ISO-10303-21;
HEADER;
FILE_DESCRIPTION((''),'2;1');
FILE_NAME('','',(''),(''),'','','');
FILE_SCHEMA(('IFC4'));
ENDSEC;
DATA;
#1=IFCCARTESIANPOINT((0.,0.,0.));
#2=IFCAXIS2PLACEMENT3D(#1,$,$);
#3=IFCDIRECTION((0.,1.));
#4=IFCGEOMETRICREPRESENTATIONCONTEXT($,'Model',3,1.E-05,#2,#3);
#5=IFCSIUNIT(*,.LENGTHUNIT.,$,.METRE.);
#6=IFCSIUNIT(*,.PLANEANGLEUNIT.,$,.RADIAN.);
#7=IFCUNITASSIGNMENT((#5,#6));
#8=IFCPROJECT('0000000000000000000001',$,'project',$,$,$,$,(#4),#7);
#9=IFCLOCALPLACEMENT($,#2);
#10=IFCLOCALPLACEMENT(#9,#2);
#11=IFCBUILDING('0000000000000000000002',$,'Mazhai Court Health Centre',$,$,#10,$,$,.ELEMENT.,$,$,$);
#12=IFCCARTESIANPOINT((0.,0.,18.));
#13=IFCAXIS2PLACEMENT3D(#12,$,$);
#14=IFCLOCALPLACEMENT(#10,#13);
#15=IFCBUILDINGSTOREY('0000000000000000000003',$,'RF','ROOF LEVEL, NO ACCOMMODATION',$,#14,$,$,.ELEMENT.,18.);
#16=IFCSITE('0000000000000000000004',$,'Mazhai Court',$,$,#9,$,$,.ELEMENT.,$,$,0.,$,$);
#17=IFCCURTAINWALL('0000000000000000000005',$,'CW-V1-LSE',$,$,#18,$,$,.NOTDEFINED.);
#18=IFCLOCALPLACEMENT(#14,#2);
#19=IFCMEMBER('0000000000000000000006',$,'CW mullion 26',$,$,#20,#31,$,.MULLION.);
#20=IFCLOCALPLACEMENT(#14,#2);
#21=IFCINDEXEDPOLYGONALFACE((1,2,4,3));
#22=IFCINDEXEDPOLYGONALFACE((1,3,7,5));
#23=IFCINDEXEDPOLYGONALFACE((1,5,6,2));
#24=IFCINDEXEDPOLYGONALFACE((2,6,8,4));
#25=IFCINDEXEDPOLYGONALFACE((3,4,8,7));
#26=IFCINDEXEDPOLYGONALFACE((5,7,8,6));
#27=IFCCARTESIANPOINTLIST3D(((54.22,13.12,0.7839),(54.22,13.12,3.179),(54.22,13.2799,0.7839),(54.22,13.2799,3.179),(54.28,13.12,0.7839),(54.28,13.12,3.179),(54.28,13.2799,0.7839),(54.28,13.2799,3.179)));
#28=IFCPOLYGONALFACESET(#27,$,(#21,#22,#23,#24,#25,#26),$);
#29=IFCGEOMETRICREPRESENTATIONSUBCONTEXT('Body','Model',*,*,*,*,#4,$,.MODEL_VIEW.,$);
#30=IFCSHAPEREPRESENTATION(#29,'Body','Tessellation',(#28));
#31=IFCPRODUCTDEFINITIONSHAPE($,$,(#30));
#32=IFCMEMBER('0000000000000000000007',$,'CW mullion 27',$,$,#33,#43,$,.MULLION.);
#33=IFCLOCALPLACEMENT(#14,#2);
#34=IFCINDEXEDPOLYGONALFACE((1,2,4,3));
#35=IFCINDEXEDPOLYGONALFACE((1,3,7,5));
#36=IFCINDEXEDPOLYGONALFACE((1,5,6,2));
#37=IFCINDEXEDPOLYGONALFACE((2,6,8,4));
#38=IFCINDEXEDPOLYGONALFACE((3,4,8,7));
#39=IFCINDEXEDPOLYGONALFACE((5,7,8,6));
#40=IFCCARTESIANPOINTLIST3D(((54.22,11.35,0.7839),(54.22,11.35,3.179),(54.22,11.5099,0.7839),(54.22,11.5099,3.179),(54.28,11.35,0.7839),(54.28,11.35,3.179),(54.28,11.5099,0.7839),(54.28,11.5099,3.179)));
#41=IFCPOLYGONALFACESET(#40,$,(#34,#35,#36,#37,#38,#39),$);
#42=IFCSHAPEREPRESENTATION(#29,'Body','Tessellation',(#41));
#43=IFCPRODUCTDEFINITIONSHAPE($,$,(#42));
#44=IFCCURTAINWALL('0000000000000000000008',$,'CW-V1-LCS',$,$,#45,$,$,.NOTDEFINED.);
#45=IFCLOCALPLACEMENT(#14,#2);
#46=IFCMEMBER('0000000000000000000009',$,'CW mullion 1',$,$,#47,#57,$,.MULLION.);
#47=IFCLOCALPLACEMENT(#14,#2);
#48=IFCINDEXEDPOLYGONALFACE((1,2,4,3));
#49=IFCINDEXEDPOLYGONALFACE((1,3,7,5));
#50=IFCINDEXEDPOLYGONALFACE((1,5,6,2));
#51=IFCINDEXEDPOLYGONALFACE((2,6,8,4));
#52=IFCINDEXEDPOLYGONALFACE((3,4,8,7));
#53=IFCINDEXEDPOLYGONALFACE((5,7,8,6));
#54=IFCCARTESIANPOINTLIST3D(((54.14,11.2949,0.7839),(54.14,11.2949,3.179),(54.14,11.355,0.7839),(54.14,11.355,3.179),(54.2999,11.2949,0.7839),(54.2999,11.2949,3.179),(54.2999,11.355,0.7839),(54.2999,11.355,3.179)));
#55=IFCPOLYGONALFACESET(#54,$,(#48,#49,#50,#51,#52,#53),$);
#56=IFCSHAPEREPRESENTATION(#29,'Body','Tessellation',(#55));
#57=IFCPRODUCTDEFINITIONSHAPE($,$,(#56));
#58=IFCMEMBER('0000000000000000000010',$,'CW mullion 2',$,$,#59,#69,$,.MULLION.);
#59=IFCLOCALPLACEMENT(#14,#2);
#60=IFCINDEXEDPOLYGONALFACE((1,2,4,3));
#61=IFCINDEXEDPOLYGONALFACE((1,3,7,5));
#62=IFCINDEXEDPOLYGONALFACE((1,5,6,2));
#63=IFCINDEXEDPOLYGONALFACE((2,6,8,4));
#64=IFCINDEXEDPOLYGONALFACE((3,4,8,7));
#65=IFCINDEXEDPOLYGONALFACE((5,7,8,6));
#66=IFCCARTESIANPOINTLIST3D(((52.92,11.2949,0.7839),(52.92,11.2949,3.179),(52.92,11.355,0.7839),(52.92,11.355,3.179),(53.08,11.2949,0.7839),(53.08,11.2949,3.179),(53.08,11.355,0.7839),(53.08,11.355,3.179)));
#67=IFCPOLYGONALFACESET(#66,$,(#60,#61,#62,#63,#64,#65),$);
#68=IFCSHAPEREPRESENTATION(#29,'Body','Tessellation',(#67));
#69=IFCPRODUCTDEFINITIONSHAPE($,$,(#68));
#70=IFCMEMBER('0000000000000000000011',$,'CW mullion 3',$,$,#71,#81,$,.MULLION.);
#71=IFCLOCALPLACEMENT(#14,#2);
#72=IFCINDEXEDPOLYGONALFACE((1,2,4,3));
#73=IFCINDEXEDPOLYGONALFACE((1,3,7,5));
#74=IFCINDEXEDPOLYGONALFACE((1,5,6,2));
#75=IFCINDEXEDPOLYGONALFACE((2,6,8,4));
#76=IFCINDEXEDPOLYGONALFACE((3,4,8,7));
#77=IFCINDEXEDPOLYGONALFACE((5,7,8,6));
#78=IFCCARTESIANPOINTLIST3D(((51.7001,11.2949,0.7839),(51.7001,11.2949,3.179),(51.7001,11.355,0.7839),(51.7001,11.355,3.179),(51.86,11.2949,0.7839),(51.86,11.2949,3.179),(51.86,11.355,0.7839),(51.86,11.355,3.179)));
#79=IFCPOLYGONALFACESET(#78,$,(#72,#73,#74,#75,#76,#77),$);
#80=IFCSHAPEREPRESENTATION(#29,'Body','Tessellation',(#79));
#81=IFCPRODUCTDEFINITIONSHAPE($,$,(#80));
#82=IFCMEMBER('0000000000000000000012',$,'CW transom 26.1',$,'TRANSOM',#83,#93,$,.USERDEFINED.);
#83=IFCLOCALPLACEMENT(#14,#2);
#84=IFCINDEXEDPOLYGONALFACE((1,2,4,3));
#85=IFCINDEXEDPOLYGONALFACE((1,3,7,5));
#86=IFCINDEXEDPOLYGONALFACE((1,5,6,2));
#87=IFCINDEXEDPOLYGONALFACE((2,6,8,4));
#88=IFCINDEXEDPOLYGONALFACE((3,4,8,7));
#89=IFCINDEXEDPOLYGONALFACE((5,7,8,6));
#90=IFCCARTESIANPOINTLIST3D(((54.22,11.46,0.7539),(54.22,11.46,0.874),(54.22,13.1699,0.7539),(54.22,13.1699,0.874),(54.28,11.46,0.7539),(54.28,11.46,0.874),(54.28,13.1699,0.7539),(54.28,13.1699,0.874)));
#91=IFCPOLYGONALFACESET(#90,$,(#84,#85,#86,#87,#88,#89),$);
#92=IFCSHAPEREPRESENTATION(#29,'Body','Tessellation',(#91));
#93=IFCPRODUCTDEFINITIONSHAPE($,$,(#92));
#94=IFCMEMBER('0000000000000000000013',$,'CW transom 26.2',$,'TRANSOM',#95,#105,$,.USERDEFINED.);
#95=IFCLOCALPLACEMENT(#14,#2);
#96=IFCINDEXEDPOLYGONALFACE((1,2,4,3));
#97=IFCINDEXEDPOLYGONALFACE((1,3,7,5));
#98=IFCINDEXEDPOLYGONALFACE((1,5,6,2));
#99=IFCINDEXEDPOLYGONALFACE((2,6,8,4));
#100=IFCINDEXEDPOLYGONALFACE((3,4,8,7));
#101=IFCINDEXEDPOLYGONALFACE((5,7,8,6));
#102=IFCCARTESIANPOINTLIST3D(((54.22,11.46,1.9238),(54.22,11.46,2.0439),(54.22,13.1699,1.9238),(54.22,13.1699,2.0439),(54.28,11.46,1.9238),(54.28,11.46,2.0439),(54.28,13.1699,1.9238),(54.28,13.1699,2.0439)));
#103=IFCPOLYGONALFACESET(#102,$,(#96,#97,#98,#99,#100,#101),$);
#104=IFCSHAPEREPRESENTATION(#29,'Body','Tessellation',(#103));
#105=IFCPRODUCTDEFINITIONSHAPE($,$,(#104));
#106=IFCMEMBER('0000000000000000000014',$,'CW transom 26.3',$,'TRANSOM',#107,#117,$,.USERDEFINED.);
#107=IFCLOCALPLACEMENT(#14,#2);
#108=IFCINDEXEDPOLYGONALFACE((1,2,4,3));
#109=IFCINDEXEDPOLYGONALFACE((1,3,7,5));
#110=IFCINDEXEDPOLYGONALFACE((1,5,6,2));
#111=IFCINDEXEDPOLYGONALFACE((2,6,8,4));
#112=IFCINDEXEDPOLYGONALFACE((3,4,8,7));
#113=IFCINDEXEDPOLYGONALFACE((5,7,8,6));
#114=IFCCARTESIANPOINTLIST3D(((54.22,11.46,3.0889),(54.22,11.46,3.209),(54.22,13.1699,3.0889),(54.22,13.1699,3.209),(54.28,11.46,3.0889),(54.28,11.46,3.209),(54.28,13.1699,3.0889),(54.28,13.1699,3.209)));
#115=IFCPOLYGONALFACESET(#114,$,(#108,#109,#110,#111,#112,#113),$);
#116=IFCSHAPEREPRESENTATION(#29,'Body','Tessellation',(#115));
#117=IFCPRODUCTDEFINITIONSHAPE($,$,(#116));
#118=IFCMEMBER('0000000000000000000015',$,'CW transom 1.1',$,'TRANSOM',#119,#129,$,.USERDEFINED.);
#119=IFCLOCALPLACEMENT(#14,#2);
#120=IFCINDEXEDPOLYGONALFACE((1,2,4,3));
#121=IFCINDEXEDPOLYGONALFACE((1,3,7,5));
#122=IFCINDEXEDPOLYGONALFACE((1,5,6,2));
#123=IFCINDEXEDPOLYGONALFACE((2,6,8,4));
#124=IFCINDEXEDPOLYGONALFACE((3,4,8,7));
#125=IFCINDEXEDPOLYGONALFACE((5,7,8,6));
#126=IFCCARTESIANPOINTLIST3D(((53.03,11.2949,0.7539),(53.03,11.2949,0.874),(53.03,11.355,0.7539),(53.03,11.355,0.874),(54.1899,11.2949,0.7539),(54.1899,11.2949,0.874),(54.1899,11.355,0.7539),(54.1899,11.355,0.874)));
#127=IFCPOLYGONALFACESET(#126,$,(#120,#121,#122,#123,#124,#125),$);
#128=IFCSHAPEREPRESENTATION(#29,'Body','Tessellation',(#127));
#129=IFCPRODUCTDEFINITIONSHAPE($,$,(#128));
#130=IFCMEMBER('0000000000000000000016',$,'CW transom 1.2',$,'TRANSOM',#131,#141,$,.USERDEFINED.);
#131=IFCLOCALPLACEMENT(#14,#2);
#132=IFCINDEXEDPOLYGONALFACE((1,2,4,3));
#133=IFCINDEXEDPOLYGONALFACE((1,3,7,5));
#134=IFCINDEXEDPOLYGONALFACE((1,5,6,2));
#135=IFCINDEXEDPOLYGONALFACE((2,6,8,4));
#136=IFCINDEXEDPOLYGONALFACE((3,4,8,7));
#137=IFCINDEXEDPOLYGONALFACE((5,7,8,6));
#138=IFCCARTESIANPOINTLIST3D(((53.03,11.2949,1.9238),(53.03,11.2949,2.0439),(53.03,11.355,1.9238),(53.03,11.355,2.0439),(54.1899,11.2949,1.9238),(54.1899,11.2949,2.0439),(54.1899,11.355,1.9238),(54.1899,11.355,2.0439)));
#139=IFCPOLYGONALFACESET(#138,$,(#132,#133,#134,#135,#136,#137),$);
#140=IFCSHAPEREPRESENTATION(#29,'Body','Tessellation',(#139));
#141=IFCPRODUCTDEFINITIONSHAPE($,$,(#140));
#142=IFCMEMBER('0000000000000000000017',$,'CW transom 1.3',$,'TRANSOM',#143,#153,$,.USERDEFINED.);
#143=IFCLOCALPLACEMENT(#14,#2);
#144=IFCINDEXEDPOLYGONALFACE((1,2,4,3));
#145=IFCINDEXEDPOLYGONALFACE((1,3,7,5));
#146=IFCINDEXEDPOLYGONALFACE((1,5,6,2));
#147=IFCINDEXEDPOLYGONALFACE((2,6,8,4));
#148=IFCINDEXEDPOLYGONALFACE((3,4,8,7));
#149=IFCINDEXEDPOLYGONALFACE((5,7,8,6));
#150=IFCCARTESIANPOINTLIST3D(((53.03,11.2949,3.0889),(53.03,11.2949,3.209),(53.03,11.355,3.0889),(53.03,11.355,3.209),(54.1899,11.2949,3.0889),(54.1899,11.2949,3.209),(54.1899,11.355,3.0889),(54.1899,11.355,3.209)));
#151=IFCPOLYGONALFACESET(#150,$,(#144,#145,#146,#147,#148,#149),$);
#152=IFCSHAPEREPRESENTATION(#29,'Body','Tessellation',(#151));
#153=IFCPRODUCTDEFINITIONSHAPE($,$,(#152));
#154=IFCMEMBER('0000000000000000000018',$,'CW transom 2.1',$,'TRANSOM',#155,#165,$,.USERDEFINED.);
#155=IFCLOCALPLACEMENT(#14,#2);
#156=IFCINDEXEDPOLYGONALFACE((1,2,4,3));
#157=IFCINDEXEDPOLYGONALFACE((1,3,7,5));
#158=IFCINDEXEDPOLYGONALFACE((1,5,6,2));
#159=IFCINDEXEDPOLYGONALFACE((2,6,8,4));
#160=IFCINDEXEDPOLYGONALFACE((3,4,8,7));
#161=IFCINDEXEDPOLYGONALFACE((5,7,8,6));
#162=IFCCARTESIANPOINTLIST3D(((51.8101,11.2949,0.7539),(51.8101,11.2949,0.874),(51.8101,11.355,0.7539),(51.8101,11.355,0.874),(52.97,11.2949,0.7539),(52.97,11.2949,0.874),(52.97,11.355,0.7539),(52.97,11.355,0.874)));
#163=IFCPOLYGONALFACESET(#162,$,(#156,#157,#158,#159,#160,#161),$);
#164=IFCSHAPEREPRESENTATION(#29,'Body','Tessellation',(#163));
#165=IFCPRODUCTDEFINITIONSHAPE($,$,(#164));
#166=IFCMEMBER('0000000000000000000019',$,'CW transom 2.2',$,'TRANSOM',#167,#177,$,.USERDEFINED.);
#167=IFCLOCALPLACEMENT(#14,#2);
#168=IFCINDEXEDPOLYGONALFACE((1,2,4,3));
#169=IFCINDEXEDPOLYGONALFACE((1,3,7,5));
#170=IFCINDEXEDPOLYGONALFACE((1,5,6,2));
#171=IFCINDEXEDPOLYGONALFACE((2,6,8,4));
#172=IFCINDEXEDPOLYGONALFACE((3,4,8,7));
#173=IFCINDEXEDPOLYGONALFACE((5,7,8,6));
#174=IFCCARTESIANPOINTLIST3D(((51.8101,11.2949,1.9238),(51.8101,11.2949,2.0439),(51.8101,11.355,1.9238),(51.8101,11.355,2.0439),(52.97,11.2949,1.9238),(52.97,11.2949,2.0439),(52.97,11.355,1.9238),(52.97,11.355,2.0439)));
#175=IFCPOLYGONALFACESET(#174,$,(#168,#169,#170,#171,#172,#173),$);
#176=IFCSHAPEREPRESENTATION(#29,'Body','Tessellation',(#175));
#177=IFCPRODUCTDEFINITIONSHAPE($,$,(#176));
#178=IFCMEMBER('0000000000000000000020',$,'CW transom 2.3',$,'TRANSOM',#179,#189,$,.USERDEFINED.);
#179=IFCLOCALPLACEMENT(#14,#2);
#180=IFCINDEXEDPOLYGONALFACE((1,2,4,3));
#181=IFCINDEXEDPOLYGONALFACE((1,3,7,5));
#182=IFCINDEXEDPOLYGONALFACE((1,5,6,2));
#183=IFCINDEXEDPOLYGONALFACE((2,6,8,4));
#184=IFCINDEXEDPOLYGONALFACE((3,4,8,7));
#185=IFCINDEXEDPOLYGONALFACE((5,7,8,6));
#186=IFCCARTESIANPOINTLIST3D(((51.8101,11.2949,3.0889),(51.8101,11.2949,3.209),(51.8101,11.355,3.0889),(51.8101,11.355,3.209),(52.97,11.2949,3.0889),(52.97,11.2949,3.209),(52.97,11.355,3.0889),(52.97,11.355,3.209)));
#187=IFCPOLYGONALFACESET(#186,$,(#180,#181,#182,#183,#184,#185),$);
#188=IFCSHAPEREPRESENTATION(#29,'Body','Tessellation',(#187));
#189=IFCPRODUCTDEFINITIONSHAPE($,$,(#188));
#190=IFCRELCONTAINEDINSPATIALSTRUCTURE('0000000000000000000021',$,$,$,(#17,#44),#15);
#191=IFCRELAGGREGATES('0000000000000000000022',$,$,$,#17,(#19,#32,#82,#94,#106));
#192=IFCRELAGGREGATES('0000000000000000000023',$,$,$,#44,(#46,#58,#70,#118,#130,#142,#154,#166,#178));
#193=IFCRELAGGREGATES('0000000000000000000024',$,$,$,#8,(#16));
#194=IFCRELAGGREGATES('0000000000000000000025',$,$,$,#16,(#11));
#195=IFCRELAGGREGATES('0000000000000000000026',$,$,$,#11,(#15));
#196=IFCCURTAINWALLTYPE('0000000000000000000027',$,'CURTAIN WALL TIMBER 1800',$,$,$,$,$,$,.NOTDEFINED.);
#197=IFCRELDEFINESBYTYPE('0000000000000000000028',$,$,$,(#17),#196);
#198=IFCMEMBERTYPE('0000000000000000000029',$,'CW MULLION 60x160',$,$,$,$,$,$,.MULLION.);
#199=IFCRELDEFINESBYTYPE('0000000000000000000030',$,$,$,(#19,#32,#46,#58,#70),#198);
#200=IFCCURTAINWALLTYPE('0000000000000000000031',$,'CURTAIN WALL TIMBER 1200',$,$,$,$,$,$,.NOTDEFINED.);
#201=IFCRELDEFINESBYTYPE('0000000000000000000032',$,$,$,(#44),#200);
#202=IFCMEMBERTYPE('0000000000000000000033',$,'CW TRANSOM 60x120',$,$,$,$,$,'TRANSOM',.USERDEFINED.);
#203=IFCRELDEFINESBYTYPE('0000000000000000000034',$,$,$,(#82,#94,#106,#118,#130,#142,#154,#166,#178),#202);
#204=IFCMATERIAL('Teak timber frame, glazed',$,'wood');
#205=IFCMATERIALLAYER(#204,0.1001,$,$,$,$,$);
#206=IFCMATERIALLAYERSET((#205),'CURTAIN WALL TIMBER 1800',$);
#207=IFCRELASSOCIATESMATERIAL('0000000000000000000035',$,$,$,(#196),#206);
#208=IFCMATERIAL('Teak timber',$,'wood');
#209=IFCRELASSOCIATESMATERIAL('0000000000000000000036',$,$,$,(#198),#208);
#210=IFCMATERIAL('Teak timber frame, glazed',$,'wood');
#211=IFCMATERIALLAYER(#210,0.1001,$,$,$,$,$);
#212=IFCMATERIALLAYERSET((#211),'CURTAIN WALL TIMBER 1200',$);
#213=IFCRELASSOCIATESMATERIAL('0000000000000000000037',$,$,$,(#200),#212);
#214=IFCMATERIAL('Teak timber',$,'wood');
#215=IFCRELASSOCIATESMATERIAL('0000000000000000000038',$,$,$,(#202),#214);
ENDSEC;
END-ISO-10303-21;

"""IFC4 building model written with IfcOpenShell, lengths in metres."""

from ifc_helpers import new_model, si_unit, direction, frame, origin, origin_2d, place, context, subcontext, project, spatial, rectangle, extrude, material, layer, layer_set, material_profile, profile_set, type_object, element, aggregate, save


model = new_model("IFC4")

# Units and contexts
model_context = context("Model", 3, precision=1e-05, world=origin(), true_north=direction((0.0, 1.0)))
body_context = subcontext(model_context, "Body", "Model", "MODEL_VIEW")
ifc_project = project(units=[si_unit("LENGTHUNIT", "METRE"), si_unit("PLANEANGLEUNIT", "RADIAN")], contexts=[model_context])

# Site, building, storey
site_placement = place(None, origin())
site = spatial("IfcSite", under=ifc_project, at=site_placement, Name="Mazhai Court", CompositionType="ELEMENT", RefElevation=0.0)
building_placement = place(site_placement, origin())
building = spatial("IfcBuilding", under=site, at=building_placement, Name="Mazhai Court Health Centre", CompositionType="ELEMENT")
storey_placement = place(building_placement, frame((0.0, 0.0, 18.0)))
storey = spatial("IfcBuildingStorey", under=building, at=storey_placement, Name="RF", Description="ROOF LEVEL, NO ACCOMMODATION", CompositionType="ELEMENT", Elevation=18.0)

# Curtain walls, members
ifc_material_1 = material(Name="Teak timber frame, glazed", Category="wood")
ifc_layer_1 = layer(ifc_material_1, 0.1001)
ifc_layer_set_1 = layer_set([ifc_layer_1], Name="CURTAIN WALL TIMBER 1800")
curtain_wall_type_1 = type_object("IfcCurtainWallType", Name="CURTAIN WALL TIMBER 1800", PredefinedType="NOTDEFINED", material=ifc_layer_set_1)
curtain_wall_1_placement = place(storey_placement, origin())
curtain_wall_1 = element("IfcCurtainWall", 1, at=curtain_wall_1_placement, inside=storey, type_object=curtain_wall_type_1, Name="CW-V1-LSE", PredefinedType="NOTDEFINED")
ifc_material_2 = material(Name="Teak timber", Category="wood")
ifc_material_profile_1 = material_profile(ifc_material_2, rectangle(XDim=0.0601, YDim=0.1599, at=origin_2d()), Name="CW MULLION 60x160")
ifc_profile_set_1 = profile_set([ifc_material_profile_1], Name="Teak timber")
member_type_1 = type_object("IfcMemberType", Name="CW MULLION 60x160", PredefinedType="MULLION", material=ifc_profile_set_1)
member_1_placement = place(storey_placement, frame((54.25, 13.2, 0.7839), z_axis=(0.0, 0.0, 1.0), x_axis=(1.0, 0.0, 0.0)))
member_1 = element("IfcMember", 2, at=member_1_placement, type_object=member_type_1, Name="CW mullion 26", PredefinedType="MULLION", context=body_context, shape_type="SweptSolid", body=[
    extrude(rectangle(XDim=0.0601, YDim=0.1599, at=origin_2d()), origin(), (0.0, 0.0, 1.0), 2.395),
])
member_2_placement = place(storey_placement, frame((54.25, 11.4299, 0.7839), z_axis=(0.0, 0.0, 1.0), x_axis=(1.0, 0.0, 0.0)))
member_2 = element("IfcMember", 3, at=member_2_placement, type_object=member_type_1, Name="CW mullion 27", PredefinedType="MULLION", context=body_context, shape_type="SweptSolid", body=[
    extrude(rectangle(XDim=0.0601, YDim=0.1599, at=origin_2d()), origin(), (0.0, 0.0, 1.0), 2.395),
])
ifc_material_3 = material(Name="Teak timber frame, glazed", Category="wood")
ifc_layer_2 = layer(ifc_material_3, 0.1001)
ifc_layer_set_2 = layer_set([ifc_layer_2], Name="CURTAIN WALL TIMBER 1200")
curtain_wall_type_2 = type_object("IfcCurtainWallType", Name="CURTAIN WALL TIMBER 1200", PredefinedType="NOTDEFINED", material=ifc_layer_set_2)
curtain_wall_2_placement = place(storey_placement, origin())
curtain_wall_2 = element("IfcCurtainWall", 4, at=curtain_wall_2_placement, inside=storey, type_object=curtain_wall_type_2, Name="CW-V1-LCS", PredefinedType="NOTDEFINED")
member_3_placement = place(storey_placement, frame((54.22, 11.325, 0.7839), z_axis=(0.0, 0.0, 1.0), x_axis=(0.0, -1.0, 0.0)))
member_3 = element("IfcMember", 5, at=member_3_placement, type_object=member_type_1, Name="CW mullion 1", PredefinedType="MULLION", context=body_context, shape_type="SweptSolid", body=[
    extrude(rectangle(XDim=0.0601, YDim=0.1599, at=origin_2d()), origin(), (0.0, 0.0, 1.0), 2.395),
])
member_4_placement = place(storey_placement, frame((53.0, 11.325, 0.7839), z_axis=(0.0, 0.0, 1.0), x_axis=(0.0, -1.0, 0.0)))
member_4 = element("IfcMember", 6, at=member_4_placement, type_object=member_type_1, Name="CW mullion 2", PredefinedType="MULLION", context=body_context, shape_type="SweptSolid", body=[
    extrude(rectangle(XDim=0.0601, YDim=0.1599, at=origin_2d()), origin(), (0.0, 0.0, 1.0), 2.395),
])
member_5_placement = place(storey_placement, frame((51.78, 11.325, 0.7839), z_axis=(0.0, 0.0, 1.0), x_axis=(0.0, -1.0, 0.0)))
member_5 = element("IfcMember", 7, at=member_5_placement, type_object=member_type_1, Name="CW mullion 3", PredefinedType="MULLION", context=body_context, shape_type="SweptSolid", body=[
    extrude(rectangle(XDim=0.0601, YDim=0.1599, at=origin_2d()), origin(), (0.0, 0.0, 1.0), 2.395),
])

# Members
ifc_material_4 = material(Name="Teak timber", Category="wood")
ifc_material_profile_2 = material_profile(ifc_material_4, rectangle(XDim=0.0601, YDim=0.1201, at=origin_2d()), Name="CW TRANSOM 60x120")
ifc_profile_set_2 = profile_set([ifc_material_profile_2], Name="Teak timber")
member_type_2 = type_object("IfcMemberType", Name="CW TRANSOM 60x120", ElementType="TRANSOM", PredefinedType="USERDEFINED", material=ifc_profile_set_2)
member_6_placement = place(storey_placement, frame((54.25, 13.1699, 0.814), z_axis=(0.0, -1.0, 0.0), x_axis=(1.0, 0.0, 0.0)))
member_6 = element("IfcMember", 8, at=member_6_placement, type_object=member_type_2, Name="CW transom 26.1", ObjectType="TRANSOM", PredefinedType="USERDEFINED", context=body_context, shape_type="SweptSolid", body=[
    extrude(rectangle(XDim=0.0601, YDim=0.1201, at=origin_2d()), origin(), (0.0, 0.0, 1.0), 1.71),
])
member_7_placement = place(storey_placement, frame((54.25, 13.1699, 1.9839), z_axis=(0.0, -1.0, 0.0), x_axis=(1.0, 0.0, 0.0)))
member_7 = element("IfcMember", 9, at=member_7_placement, type_object=member_type_2, Name="CW transom 26.2", ObjectType="TRANSOM", PredefinedType="USERDEFINED", context=body_context, shape_type="SweptSolid", body=[
    extrude(rectangle(XDim=0.0601, YDim=0.1201, at=origin_2d()), origin(), (0.0, 0.0, 1.0), 1.71),
])
member_8_placement = place(storey_placement, frame((54.25, 13.1699, 3.1489), z_axis=(0.0, -1.0, 0.0), x_axis=(1.0, 0.0, 0.0)))
member_8 = element("IfcMember", 10, at=member_8_placement, type_object=member_type_2, Name="CW transom 26.3", ObjectType="TRANSOM", PredefinedType="USERDEFINED", context=body_context, shape_type="SweptSolid", body=[
    extrude(rectangle(XDim=0.0601, YDim=0.1201, at=origin_2d()), origin(), (0.0, 0.0, 1.0), 1.71),
])
member_9_placement = place(storey_placement, frame((54.1899, 11.325, 0.814), z_axis=(-1.0, 0.0, 0.0), x_axis=(0.0, -1.0, 0.0)))
member_9 = element("IfcMember", 11, at=member_9_placement, type_object=member_type_2, Name="CW transom 1.1", ObjectType="TRANSOM", PredefinedType="USERDEFINED", context=body_context, shape_type="SweptSolid", body=[
    extrude(rectangle(XDim=0.0601, YDim=0.1201, at=origin_2d()), origin(), (0.0, 0.0, 1.0), 1.1599),
])
member_10_placement = place(storey_placement, frame((54.1899, 11.325, 1.9839), z_axis=(-1.0, 0.0, 0.0), x_axis=(0.0, -1.0, 0.0)))
member_10 = element("IfcMember", 12, at=member_10_placement, type_object=member_type_2, Name="CW transom 1.2", ObjectType="TRANSOM", PredefinedType="USERDEFINED", context=body_context, shape_type="SweptSolid", body=[
    extrude(rectangle(XDim=0.0601, YDim=0.1201, at=origin_2d()), origin(), (0.0, 0.0, 1.0), 1.1599),
])
member_11_placement = place(storey_placement, frame((54.1899, 11.325, 3.1489), z_axis=(-1.0, 0.0, 0.0), x_axis=(0.0, -1.0, 0.0)))
member_11 = element("IfcMember", 13, at=member_11_placement, type_object=member_type_2, Name="CW transom 1.3", ObjectType="TRANSOM", PredefinedType="USERDEFINED", context=body_context, shape_type="SweptSolid", body=[
    extrude(rectangle(XDim=0.0601, YDim=0.1201, at=origin_2d()), origin(), (0.0, 0.0, 1.0), 1.1599),
])
member_12_placement = place(storey_placement, frame((52.97, 11.325, 0.814), z_axis=(-1.0, 0.0, 0.0), x_axis=(0.0, -1.0, 0.0)))
member_12 = element("IfcMember", 14, at=member_12_placement, type_object=member_type_2, Name="CW transom 2.1", ObjectType="TRANSOM", PredefinedType="USERDEFINED", context=body_context, shape_type="SweptSolid", body=[
    extrude(rectangle(XDim=0.0601, YDim=0.1201, at=origin_2d()), origin(), (0.0, 0.0, 1.0), 1.1599),
])
member_13_placement = place(storey_placement, frame((52.97, 11.325, 1.9839), z_axis=(-1.0, 0.0, 0.0), x_axis=(0.0, -1.0, 0.0)))
member_13 = element("IfcMember", 15, at=member_13_placement, type_object=member_type_2, Name="CW transom 2.2", ObjectType="TRANSOM", PredefinedType="USERDEFINED", context=body_context, shape_type="SweptSolid", body=[
    extrude(rectangle(XDim=0.0601, YDim=0.1201, at=origin_2d()), origin(), (0.0, 0.0, 1.0), 1.1599),
])
member_14_placement = place(storey_placement, frame((52.97, 11.325, 3.1489), z_axis=(-1.0, 0.0, 0.0), x_axis=(0.0, -1.0, 0.0)))
member_14 = element("IfcMember", 16, at=member_14_placement, type_object=member_type_2, Name="CW transom 2.3", ObjectType="TRANSOM", PredefinedType="USERDEFINED", context=body_context, shape_type="SweptSolid", body=[
    extrude(rectangle(XDim=0.0601, YDim=0.1201, at=origin_2d()), origin(), (0.0, 0.0, 1.0), 1.1599),
])

aggregate(curtain_wall_1, [member_1, member_2, member_6, member_7, member_8])
aggregate(curtain_wall_2, [member_3, member_4, member_5, member_9, member_10, member_11, member_12, member_13, member_14])

save(model, "model.ifc")
